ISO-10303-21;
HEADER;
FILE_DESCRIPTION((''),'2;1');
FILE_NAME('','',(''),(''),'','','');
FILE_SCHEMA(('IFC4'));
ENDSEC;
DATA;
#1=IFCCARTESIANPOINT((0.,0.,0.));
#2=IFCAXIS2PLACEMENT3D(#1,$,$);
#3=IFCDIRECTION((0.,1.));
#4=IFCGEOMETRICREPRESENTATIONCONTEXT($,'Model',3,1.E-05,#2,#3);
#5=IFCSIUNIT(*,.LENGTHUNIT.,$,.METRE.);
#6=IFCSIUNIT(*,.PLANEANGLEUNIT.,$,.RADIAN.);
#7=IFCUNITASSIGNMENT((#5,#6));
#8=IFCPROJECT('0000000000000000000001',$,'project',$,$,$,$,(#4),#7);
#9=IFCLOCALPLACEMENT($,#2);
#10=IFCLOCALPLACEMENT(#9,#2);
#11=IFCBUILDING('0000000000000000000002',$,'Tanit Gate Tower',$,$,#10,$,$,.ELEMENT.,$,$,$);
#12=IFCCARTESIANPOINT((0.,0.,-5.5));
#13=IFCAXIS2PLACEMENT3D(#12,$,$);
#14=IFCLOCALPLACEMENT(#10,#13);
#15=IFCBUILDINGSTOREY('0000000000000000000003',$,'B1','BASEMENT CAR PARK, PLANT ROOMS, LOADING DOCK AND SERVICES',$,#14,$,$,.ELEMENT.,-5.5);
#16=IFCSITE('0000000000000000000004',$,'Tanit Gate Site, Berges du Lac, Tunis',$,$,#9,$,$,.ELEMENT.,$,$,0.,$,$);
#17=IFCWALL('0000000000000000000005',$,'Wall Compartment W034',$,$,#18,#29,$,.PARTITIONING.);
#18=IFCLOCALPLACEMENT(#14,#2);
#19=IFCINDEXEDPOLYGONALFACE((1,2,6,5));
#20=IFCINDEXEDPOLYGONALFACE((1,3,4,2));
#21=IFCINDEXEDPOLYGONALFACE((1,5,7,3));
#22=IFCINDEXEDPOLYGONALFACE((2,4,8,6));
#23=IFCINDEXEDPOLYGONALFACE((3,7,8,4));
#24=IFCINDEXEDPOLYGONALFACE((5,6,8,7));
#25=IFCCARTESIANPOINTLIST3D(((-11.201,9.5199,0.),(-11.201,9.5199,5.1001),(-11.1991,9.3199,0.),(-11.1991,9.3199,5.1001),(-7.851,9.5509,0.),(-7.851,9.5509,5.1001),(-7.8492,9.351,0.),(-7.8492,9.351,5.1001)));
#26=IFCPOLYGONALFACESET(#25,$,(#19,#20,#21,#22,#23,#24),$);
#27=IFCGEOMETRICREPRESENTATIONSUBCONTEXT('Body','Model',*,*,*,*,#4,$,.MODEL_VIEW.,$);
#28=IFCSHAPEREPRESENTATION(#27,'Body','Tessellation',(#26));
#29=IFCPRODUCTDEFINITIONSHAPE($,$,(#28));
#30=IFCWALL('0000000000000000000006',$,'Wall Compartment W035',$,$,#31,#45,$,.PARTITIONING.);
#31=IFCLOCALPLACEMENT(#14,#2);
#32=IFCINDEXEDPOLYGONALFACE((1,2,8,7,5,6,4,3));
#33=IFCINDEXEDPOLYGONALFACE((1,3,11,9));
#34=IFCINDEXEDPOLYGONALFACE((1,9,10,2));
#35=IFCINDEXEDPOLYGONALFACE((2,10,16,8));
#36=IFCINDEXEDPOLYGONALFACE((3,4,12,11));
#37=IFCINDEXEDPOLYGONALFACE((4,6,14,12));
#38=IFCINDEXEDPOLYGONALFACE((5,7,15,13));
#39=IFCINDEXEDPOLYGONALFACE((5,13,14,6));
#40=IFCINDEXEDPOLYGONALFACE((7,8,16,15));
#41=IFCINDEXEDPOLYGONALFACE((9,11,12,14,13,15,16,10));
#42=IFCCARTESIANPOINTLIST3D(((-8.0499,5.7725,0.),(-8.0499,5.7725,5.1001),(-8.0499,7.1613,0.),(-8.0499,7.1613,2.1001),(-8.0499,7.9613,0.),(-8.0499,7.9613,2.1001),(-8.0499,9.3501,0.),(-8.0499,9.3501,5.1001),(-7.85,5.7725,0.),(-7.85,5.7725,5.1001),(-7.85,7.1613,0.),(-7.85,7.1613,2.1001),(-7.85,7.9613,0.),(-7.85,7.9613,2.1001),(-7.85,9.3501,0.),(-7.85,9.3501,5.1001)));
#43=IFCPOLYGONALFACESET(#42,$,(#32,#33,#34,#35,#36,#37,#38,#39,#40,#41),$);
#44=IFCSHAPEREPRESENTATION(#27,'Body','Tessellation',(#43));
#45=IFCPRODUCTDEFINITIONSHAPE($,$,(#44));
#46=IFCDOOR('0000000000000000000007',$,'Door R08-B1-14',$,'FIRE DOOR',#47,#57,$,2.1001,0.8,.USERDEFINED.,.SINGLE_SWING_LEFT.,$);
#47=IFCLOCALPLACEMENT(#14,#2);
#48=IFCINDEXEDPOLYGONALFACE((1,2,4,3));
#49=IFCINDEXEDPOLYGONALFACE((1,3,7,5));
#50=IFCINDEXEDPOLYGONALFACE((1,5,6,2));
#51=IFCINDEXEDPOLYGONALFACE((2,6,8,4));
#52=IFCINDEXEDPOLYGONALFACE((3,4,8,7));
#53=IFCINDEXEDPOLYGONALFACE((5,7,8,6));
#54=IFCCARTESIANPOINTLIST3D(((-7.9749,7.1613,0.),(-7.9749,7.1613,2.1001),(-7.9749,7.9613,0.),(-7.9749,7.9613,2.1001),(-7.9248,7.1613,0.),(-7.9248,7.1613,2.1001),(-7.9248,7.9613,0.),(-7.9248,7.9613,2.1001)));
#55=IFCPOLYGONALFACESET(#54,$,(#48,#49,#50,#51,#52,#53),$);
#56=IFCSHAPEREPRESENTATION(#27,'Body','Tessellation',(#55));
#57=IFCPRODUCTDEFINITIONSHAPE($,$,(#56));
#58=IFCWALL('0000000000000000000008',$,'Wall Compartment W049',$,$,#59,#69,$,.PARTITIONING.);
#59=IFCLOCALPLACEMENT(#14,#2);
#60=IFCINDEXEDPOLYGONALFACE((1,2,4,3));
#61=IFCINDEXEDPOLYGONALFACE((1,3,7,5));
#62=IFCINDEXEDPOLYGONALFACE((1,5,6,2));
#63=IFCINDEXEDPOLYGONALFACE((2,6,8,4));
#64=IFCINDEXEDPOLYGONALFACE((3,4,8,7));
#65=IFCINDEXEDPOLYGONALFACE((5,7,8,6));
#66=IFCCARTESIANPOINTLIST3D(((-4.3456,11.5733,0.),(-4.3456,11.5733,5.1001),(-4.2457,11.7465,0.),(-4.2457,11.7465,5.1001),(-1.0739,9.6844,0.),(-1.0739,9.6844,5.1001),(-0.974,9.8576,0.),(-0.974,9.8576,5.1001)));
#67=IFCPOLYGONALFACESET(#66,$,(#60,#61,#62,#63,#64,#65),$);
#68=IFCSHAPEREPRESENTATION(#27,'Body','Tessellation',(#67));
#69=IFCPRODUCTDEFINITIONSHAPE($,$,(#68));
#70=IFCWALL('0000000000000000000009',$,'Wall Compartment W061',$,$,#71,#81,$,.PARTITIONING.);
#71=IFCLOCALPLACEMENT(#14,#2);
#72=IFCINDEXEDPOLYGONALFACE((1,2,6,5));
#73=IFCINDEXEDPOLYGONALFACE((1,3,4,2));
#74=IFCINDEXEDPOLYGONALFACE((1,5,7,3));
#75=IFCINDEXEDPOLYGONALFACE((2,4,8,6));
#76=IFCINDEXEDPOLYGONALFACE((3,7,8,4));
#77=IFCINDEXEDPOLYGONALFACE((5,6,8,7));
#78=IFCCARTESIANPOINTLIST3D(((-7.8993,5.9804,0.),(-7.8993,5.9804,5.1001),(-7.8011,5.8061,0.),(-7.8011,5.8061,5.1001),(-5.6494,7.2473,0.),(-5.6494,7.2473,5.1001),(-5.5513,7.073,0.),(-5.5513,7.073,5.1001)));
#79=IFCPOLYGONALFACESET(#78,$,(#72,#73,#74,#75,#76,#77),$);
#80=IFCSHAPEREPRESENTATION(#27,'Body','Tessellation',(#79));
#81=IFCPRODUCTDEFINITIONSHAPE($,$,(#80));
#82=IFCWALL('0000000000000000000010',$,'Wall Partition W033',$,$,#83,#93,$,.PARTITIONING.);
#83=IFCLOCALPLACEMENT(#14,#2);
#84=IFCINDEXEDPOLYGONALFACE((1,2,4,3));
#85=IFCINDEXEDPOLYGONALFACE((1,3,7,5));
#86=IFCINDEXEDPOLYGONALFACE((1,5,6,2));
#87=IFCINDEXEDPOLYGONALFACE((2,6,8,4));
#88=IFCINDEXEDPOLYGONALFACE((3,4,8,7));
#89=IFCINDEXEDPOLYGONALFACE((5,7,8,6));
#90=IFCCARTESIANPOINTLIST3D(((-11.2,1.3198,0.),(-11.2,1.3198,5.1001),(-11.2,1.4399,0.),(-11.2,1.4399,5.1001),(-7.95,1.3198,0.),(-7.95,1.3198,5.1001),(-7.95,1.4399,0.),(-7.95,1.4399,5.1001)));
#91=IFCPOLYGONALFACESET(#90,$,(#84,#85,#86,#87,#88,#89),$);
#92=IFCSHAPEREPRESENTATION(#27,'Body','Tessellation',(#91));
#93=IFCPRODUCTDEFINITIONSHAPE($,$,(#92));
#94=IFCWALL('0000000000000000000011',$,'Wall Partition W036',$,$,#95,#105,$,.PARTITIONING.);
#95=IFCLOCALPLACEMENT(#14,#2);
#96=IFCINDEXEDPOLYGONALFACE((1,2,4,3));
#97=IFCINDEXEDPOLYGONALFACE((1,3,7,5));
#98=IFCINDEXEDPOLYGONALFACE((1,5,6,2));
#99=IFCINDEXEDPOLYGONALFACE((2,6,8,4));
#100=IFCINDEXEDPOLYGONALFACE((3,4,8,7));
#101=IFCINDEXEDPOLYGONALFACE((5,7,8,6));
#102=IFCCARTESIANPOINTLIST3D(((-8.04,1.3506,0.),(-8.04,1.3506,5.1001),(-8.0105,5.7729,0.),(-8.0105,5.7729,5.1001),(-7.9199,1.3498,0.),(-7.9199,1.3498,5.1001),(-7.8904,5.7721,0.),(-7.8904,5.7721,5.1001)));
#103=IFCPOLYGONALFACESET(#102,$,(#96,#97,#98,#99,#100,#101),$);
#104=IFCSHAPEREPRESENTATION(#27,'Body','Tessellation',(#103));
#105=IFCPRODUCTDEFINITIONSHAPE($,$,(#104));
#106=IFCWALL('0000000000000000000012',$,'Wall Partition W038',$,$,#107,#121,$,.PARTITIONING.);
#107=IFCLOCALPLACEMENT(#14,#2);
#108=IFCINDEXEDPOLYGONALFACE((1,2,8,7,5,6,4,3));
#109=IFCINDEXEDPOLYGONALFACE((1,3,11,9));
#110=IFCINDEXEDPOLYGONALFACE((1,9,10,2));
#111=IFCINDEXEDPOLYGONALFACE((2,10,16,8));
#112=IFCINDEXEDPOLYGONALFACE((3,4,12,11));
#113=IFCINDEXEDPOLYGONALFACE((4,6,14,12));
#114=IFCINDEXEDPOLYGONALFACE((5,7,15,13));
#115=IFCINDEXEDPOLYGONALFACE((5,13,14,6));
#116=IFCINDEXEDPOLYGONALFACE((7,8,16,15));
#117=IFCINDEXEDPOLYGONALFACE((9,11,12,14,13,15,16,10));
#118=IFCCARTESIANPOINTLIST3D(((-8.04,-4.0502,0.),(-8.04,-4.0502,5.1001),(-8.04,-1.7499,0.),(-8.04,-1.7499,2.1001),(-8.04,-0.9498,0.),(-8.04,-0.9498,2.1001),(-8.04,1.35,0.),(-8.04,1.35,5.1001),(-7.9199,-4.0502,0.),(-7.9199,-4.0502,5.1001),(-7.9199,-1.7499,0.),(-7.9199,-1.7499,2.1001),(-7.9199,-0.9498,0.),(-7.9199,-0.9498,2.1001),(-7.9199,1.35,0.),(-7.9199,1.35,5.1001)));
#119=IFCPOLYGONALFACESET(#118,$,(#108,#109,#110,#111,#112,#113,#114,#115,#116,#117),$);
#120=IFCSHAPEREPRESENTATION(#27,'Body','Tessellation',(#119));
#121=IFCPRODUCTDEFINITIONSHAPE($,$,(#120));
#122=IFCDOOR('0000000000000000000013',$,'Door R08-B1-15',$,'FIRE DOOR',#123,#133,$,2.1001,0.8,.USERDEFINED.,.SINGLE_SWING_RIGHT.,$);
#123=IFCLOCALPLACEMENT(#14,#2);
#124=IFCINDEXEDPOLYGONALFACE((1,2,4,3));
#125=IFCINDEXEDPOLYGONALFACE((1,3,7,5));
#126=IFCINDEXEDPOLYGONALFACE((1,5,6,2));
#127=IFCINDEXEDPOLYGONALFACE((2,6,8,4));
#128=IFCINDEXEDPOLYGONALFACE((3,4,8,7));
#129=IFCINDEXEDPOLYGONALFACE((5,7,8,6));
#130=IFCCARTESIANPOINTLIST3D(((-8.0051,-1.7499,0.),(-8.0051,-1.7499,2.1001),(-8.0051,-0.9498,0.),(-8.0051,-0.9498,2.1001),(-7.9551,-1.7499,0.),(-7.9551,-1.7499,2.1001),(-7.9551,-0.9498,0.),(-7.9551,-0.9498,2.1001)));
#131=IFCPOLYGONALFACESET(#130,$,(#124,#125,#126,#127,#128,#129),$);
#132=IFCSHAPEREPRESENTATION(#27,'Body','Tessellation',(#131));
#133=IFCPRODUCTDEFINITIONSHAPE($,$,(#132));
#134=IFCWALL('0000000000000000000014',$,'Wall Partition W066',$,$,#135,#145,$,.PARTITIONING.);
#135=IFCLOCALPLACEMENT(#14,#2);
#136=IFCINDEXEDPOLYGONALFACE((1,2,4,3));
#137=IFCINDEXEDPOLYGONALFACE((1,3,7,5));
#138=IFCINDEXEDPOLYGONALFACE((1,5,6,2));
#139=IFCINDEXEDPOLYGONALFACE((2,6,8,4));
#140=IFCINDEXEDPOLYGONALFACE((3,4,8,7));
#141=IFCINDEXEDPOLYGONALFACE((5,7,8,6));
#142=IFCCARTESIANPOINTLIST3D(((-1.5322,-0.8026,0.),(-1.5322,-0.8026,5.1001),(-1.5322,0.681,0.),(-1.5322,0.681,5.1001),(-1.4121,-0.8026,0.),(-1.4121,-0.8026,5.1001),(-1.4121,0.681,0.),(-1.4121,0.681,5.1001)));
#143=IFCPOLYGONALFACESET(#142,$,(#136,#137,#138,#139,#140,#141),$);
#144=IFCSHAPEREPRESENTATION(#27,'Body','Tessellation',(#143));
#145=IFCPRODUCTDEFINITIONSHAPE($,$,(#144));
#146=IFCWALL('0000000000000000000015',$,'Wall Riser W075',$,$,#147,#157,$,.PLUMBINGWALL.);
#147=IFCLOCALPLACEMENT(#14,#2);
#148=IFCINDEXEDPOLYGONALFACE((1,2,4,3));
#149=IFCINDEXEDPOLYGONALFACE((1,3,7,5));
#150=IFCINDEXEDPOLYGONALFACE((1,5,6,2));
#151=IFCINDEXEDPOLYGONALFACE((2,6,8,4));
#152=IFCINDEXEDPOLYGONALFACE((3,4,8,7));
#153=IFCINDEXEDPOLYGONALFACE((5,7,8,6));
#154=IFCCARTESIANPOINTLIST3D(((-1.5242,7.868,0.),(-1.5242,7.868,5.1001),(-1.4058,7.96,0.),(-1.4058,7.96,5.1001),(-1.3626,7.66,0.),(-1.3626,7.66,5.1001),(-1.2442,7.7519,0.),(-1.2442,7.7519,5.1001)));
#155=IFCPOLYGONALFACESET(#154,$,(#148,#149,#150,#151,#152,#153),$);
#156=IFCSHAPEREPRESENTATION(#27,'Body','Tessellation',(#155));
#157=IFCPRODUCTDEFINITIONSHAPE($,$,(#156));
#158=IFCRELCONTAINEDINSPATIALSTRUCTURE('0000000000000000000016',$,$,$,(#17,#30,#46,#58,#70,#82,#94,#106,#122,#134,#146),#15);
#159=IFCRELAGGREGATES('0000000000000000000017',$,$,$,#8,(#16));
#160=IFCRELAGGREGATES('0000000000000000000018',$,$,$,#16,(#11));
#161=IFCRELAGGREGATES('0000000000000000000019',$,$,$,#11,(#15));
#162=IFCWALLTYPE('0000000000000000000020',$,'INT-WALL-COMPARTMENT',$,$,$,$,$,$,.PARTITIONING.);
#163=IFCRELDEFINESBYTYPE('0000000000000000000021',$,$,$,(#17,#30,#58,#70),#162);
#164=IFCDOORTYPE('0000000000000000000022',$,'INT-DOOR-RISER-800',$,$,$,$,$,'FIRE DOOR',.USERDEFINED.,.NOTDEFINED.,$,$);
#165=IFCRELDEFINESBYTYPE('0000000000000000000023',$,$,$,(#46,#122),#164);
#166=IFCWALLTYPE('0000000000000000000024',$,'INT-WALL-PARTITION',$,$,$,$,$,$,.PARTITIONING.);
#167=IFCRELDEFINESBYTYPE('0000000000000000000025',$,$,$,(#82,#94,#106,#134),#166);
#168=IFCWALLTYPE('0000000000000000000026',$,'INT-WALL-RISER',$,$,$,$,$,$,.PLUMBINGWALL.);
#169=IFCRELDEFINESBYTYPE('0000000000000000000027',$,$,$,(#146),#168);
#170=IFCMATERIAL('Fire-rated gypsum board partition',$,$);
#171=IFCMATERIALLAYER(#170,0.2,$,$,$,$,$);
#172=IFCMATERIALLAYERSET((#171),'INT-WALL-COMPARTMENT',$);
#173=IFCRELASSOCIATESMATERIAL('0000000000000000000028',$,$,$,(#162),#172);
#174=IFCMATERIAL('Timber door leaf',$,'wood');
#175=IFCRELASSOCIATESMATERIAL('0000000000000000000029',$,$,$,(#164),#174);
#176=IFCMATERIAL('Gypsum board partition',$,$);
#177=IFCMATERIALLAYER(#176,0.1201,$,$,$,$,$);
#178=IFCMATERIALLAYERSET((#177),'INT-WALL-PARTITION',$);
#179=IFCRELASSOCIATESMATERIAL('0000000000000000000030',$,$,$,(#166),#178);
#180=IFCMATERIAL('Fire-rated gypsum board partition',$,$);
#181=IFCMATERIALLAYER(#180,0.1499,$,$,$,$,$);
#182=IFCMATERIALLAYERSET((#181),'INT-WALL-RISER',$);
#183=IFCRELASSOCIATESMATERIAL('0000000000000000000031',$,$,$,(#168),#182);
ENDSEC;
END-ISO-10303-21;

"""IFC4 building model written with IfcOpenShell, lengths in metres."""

from ifc_helpers import new_model, si_unit, direction, frame, frame_2d, origin, place, context, subcontext, project, spatial, rectangle, extrude, material, layer, layer_set, type_object, element, fill, save


model = new_model("IFC4")

# Units and contexts
model_context = context("Model", 3, precision=1e-05, world=origin(), true_north=direction((0.0, 1.0)))
body_context = subcontext(model_context, "Body", "Model", "MODEL_VIEW")
ifc_project = project(units=[si_unit("LENGTHUNIT", "METRE"), si_unit("PLANEANGLEUNIT", "RADIAN")], contexts=[model_context])

# Site, building, storey
site_placement = place(None, origin())
site = spatial("IfcSite", under=ifc_project, at=site_placement, Name="Tanit Gate Site, Berges du Lac, Tunis", CompositionType="ELEMENT", RefElevation=0.0)
building_placement = place(site_placement, origin())
building = spatial("IfcBuilding", under=site, at=building_placement, Name="Tanit Gate Tower", CompositionType="ELEMENT")
storey_placement = place(building_placement, frame((0.0, 0.0, -5.5)))
storey = spatial("IfcBuildingStorey", under=building, at=storey_placement, Name="B1", Description="BASEMENT CAR PARK, PLANT ROOMS, LOADING DOCK AND SERVICES", CompositionType="ELEMENT", Elevation=-5.5)

# Wall
ifc_material_1 = material(Name="Fire-rated gypsum board partition")
ifc_layer_1 = layer(ifc_material_1, 0.2)
ifc_layer_set_1 = layer_set([ifc_layer_1], Name="INT-WALL-COMPARTMENT")
wall_type_1 = type_object("IfcWallType", Name="INT-WALL-COMPARTMENT", PredefinedType="PARTITIONING", material=ifc_layer_set_1)
wall_1_placement = place(storey_placement, frame((-7.8501, 9.4509, 0.0), z_axis=(0.0, 0.0, 1.0), x_axis=(-0.999957, -0.009255, 0.0)))
element("IfcWall", 1, at=wall_1_placement, inside=storey, type_object=wall_type_1, Name="Wall Compartment W034", PredefinedType="PARTITIONING", context=body_context, shape_type="SweptSolid", body=[
    extrude(rectangle(XDim=3.3501, YDim=0.2, at=frame_2d((1.675, 0.0))), origin(), (0.0, 0.0, 1.0), 5.1001),
])

# Wall, opening, door
wall_2_placement = place(storey_placement, frame((-7.95, 5.7725, 0.0), z_axis=(0.0, 0.0, 1.0), x_axis=(0.0, 1.0, 0.0)))
wall_2 = element("IfcWall", 2, at=wall_2_placement, inside=storey, type_object=wall_type_1, Name="Wall Compartment W035", PredefinedType="PARTITIONING", context=body_context, shape_type="SweptSolid", body=[
    extrude(rectangle(XDim=3.5776, YDim=0.2, at=frame_2d((1.7888, 0.0))), origin(), (0.0, 0.0, 1.0), 5.1001),
])
opening_1_placement = place(wall_2_placement, frame((1.3889, 0.0, 0.0)))
opening_1 = element("IfcOpeningElement", 3, at=opening_1_placement, cuts=wall_2, PredefinedType="OPENING", context=body_context, shape_type="SweptSolid", body=[
    extrude(rectangle(XDim=0.8, YDim=2.1001, at=frame_2d((0.3999, 1.05))), frame((0.0, 0.1099, 0.0), z_axis=(0.0, -1.0, 0.0), x_axis=(1.0, 0.0, 0.0)), (0.0, 0.0, 1.0), 0.22),
])
ifc_material_2 = material(Name="Timber door leaf", Category="wood")
door_type_1 = type_object("IfcDoorType", Name="INT-DOOR-RISER-800", ElementType="FIRE DOOR", OperationType="NOTDEFINED", PredefinedType="USERDEFINED", material=ifc_material_2)
door_1_placement = place(opening_1_placement, origin())
door_1 = element("IfcDoor", 4, at=door_1_placement, inside=storey, type_object=door_type_1, Name="Door R08-B1-14", ObjectType="FIRE DOOR", OperationType="SINGLE_SWING_LEFT", OverallHeight=2.1001, OverallWidth=0.8, PredefinedType="USERDEFINED", context=body_context, shape_type="SweptSolid", body=[
    extrude(rectangle(XDim=0.8, YDim=2.1001, at=frame_2d((0.3999, 1.05))), frame((0.0, 0.0249, 0.0), z_axis=(0.0, -1.0, 0.0), x_axis=(1.0, 0.0, 0.0)), (0.0, 0.0, 1.0), 0.05),
])
fill(opening_1, door_1)

# Walls
wall_3_placement = place(storey_placement, frame((-4.2957, 11.6599, 0.0), z_axis=(0.0, 0.0, 1.0), x_axis=(0.866027, -0.499997, 0.0)))
element("IfcWall", 5, at=wall_3_placement, inside=storey, type_object=wall_type_1, Name="Wall Compartment W049", PredefinedType="PARTITIONING", context=body_context, shape_type="SweptSolid", body=[
    extrude(rectangle(XDim=3.7778, YDim=0.2, at=frame_2d((1.8889, 0.0))), origin(), (0.0, 0.0, 1.0), 5.1001),
])
wall_4_placement = place(storey_placement, frame((-5.6003, 7.1602, 0.0), z_axis=(0.0, 0.0, 1.0), x_axis=(-0.871351, -0.490661, 0.0)))
element("IfcWall", 6, at=wall_4_placement, inside=storey, type_object=wall_type_1, Name="Wall Compartment W061", PredefinedType="PARTITIONING", context=body_context, shape_type="SweptSolid", body=[
    extrude(rectangle(XDim=2.582, YDim=0.2, at=frame_2d((1.291, 0.0))), origin(), (0.0, 0.0, 1.0), 5.1001),
])
ifc_material_3 = material(Name="Gypsum board partition")
ifc_layer_2 = layer(ifc_material_3, 0.1201)
ifc_layer_set_2 = layer_set([ifc_layer_2], Name="INT-WALL-PARTITION")
wall_type_2 = type_object("IfcWallType", Name="INT-WALL-PARTITION", PredefinedType="PARTITIONING", material=ifc_layer_set_2)
wall_5_placement = place(storey_placement, frame((-11.2, 1.3799, 0.0), z_axis=(0.0, 0.0, 1.0), x_axis=(1.0, 0.0, 0.0)))
element("IfcWall", 7, at=wall_5_placement, inside=storey, type_object=wall_type_2, Name="Wall Partition W033", PredefinedType="PARTITIONING", context=body_context, shape_type="SweptSolid", body=[
    extrude(rectangle(XDim=3.25, YDim=0.1201, at=frame_2d((1.625, 0.0))), origin(), (0.0, 0.0, 1.0), 5.1001),
])
wall_6_placement = place(storey_placement, frame((-7.9504, 5.7725, 0.0), z_axis=(0.0, 0.0, 1.0), x_axis=(-0.00668, -0.999978, 0.0)))
element("IfcWall", 8, at=wall_6_placement, inside=storey, type_object=wall_type_2, Name="Wall Partition W036", PredefinedType="PARTITIONING", context=body_context, shape_type="SweptSolid", body=[
    extrude(rectangle(XDim=4.4224, YDim=0.1201, at=frame_2d((2.2112, 0.0))), origin(), (0.0, 0.0, 1.0), 5.1001),
])

# Wall, opening, door
wall_7_placement = place(storey_placement, frame((-7.98, 1.3501, 0.0), z_axis=(0.0, 0.0, 1.0), x_axis=(0.0, -1.0, 0.0)))
wall_7 = element("IfcWall", 9, at=wall_7_placement, inside=storey, type_object=wall_type_2, Name="Wall Partition W038", PredefinedType="PARTITIONING", context=body_context, shape_type="SweptSolid", body=[
    extrude(rectangle(XDim=5.4001, YDim=0.1201, at=frame_2d((2.7002, 0.0))), origin(), (0.0, 0.0, 1.0), 5.1001),
])
opening_2_placement = place(wall_7_placement, frame((2.3, 0.0, 0.0)))
opening_2 = element("IfcOpeningElement", 10, at=opening_2_placement, cuts=wall_7, PredefinedType="OPENING", context=body_context, shape_type="SweptSolid", body=[
    extrude(rectangle(XDim=0.8, YDim=2.1001, at=frame_2d((0.3999, 1.05))), frame((0.0, 0.0701, 0.0), z_axis=(0.0, -1.0, 0.0), x_axis=(1.0, 0.0, 0.0)), (0.0, 0.0, 1.0), 0.1401),
])
door_2_placement = place(opening_2_placement, origin())
door_2 = element("IfcDoor", 11, at=door_2_placement, inside=storey, type_object=door_type_1, Name="Door R08-B1-15", ObjectType="FIRE DOOR", OperationType="SINGLE_SWING_RIGHT", OverallHeight=2.1001, OverallWidth=0.8, PredefinedType="USERDEFINED", context=body_context, shape_type="SweptSolid", body=[
    extrude(rectangle(XDim=0.8, YDim=2.1001, at=frame_2d((0.3999, 1.05))), frame((0.0, 0.0249, 0.0), z_axis=(0.0, -1.0, 0.0), x_axis=(1.0, 0.0, 0.0)), (0.0, 0.0, 1.0), 0.05),
])
fill(opening_2, door_2)

# Walls
wall_8_placement = place(storey_placement, frame((-1.4722, -0.8025, 0.0), z_axis=(0.0, 0.0, 1.0), x_axis=(0.0, 1.0, 0.0)))
element("IfcWall", 12, at=wall_8_placement, inside=storey, type_object=wall_type_2, Name="Wall Partition W066", PredefinedType="PARTITIONING", context=body_context, shape_type="SweptSolid", body=[
    extrude(rectangle(XDim=1.4836, YDim=0.1201, at=frame_2d((0.7417, 0.0))), origin(), (0.0, 0.0, 1.0), 5.1001),
])
ifc_material_4 = material(Name="Fire-rated gypsum board partition")
ifc_layer_3 = layer(ifc_material_4, 0.1499)
ifc_layer_set_3 = layer_set([ifc_layer_3], Name="INT-WALL-RISER")
wall_type_3 = type_object("IfcWallType", Name="INT-WALL-RISER", PredefinedType="PLUMBINGWALL", material=ifc_layer_set_3)
wall_9_placement = place(storey_placement, frame((-1.4651, 7.9141, 0.0), z_axis=(0.0, 0.0, 1.0), x_axis=(0.613556, -0.789652, 0.0)))
element("IfcWall", 13, at=wall_9_placement, inside=storey, type_object=wall_type_3, Name="Wall Riser W075", PredefinedType="PLUMBINGWALL", context=body_context, shape_type="SweptSolid", body=[
    extrude(rectangle(XDim=0.2634, YDim=0.1499, at=frame_2d((0.1318, 0.0))), origin(), (0.0, 0.0, 1.0), 5.1001),
])

save(model, "model.ifc")
